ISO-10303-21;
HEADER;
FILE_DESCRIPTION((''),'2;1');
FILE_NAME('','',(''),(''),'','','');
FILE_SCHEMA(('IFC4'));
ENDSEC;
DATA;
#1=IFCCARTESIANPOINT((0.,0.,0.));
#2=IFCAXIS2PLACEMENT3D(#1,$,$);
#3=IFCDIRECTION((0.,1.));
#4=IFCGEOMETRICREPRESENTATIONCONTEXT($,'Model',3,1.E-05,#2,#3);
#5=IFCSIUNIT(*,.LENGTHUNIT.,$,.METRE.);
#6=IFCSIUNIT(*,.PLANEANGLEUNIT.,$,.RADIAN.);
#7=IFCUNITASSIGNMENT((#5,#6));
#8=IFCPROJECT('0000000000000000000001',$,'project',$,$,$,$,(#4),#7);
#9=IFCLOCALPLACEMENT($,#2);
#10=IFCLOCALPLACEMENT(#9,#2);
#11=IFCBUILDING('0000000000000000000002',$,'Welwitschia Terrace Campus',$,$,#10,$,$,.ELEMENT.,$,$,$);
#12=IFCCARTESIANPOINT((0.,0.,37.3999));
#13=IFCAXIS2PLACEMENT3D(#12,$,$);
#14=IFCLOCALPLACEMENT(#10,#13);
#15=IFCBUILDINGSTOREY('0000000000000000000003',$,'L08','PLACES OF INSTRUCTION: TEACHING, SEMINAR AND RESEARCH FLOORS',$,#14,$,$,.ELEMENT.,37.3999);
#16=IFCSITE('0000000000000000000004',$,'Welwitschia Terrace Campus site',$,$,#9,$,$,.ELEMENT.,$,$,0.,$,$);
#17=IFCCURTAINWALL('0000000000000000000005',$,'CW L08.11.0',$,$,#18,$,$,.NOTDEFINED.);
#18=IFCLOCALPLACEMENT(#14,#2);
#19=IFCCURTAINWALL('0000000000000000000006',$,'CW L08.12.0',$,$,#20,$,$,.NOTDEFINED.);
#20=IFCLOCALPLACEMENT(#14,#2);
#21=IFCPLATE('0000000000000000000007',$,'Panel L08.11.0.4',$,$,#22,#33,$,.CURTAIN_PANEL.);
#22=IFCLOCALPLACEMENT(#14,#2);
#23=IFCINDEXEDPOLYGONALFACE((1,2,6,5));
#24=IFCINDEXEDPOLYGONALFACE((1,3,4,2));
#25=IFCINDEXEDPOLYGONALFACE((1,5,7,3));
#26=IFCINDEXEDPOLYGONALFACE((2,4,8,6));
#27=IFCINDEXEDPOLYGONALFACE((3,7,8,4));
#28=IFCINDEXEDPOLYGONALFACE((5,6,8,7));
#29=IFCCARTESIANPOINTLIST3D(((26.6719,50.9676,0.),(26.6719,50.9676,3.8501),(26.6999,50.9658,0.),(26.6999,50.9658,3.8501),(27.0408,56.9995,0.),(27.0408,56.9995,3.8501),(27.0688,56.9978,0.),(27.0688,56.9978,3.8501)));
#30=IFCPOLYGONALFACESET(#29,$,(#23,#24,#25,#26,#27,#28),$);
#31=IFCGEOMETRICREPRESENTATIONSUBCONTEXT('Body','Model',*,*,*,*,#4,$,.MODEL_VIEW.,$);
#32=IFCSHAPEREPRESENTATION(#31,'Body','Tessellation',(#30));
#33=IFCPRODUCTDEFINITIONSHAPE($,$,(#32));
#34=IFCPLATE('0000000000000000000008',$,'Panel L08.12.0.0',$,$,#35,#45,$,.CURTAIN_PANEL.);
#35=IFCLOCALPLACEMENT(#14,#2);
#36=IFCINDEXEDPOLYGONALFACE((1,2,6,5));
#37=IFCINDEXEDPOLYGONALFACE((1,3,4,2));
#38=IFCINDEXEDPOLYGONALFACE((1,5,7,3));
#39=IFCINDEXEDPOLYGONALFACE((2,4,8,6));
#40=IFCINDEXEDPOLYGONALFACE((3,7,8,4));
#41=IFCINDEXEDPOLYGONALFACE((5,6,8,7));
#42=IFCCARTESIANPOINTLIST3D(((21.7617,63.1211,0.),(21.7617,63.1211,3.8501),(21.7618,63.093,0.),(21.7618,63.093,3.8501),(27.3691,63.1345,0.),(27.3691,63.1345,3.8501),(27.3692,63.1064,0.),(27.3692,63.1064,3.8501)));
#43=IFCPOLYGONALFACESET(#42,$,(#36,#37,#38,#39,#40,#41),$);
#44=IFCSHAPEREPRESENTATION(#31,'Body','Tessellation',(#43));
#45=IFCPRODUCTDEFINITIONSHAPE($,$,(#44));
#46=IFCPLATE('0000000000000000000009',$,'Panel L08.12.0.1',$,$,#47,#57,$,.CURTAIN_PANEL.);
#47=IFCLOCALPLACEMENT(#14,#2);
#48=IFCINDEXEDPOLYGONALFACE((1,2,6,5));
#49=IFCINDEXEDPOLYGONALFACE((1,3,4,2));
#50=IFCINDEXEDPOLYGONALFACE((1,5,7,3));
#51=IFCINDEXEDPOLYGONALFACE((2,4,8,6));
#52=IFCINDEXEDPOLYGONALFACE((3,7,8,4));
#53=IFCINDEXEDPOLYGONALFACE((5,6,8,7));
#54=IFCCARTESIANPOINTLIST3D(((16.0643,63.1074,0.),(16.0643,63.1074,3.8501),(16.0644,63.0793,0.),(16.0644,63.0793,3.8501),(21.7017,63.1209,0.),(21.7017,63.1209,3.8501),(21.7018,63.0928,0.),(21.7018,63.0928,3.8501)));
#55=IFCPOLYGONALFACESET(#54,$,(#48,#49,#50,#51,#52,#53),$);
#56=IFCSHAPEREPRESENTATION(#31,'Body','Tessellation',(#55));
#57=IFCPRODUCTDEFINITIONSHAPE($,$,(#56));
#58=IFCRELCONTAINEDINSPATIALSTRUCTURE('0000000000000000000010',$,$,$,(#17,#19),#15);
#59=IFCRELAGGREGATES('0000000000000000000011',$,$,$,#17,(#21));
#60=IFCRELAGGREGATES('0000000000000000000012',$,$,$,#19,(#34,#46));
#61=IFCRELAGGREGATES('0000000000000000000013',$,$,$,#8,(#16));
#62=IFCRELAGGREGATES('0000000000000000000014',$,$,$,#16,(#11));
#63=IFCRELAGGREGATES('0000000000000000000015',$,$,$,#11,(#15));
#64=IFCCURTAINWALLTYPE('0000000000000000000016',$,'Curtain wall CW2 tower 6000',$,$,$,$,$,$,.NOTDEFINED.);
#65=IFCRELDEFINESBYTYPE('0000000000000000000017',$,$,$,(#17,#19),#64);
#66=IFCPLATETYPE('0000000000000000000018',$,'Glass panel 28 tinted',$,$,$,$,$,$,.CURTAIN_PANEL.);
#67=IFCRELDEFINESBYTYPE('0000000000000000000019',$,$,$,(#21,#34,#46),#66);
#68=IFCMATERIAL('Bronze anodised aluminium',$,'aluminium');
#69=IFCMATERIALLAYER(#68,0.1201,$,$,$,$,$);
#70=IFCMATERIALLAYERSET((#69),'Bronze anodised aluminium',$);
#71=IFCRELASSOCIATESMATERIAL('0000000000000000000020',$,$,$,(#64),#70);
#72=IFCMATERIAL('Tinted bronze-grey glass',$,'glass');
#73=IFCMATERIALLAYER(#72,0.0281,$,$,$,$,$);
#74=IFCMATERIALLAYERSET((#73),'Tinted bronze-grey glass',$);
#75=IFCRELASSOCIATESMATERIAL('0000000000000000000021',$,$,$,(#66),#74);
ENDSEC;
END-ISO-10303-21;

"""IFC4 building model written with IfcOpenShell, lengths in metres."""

from ifc_helpers import new_model, si_unit, direction, frame, origin, origin_2d, place, context, subcontext, project, spatial, rectangle, extrude, material, layer, layer_set, type_object, element, aggregate, save


model = new_model("IFC4")

# Units and contexts
model_context = context("Model", 3, precision=1e-05, world=origin(), true_north=direction((0.0, 1.0)))
body_context = subcontext(model_context, "Body", "Model", "MODEL_VIEW")
ifc_project = project(units=[si_unit("LENGTHUNIT", "METRE"), si_unit("PLANEANGLEUNIT", "RADIAN")], contexts=[model_context])

# Site, building, storey
site_placement = place(None, origin())
site = spatial("IfcSite", under=ifc_project, at=site_placement, Name="Welwitschia Terrace Campus site", CompositionType="ELEMENT", RefElevation=0.0)
building_placement = place(site_placement, origin())
building = spatial("IfcBuilding", under=site, at=building_placement, Name="Welwitschia Terrace Campus", CompositionType="ELEMENT")
storey_placement = place(building_placement, frame((0.0, 0.0, 37.3999)))
storey = spatial("IfcBuildingStorey", under=building, at=storey_placement, Name="L08", Description="PLACES OF INSTRUCTION: TEACHING, SEMINAR AND RESEARCH FLOORS", CompositionType="ELEMENT", Elevation=37.3999)

# Curtain wall
ifc_material_1 = material(Name="Bronze anodised aluminium", Category="aluminium")
ifc_layer_1 = layer(ifc_material_1, 0.1201)
ifc_layer_set_1 = layer_set([ifc_layer_1], Name="Bronze anodised aluminium")
curtain_wall_type = type_object("IfcCurtainWallType", Name="Curtain wall CW2 tower 6000", PredefinedType="NOTDEFINED", material=ifc_layer_set_1)
curtain_wall_1_placement = place(storey_placement, origin())
curtain_wall_1 = element("IfcCurtainWall", 1, at=curtain_wall_1_placement, inside=storey, type_object=curtain_wall_type, Name="CW L08.11.0", PredefinedType="NOTDEFINED")

# Curtain wall
curtain_wall_2_placement = place(storey_placement, origin())
curtain_wall_2 = element("IfcCurtainWall", 2, at=curtain_wall_2_placement, inside=storey, type_object=curtain_wall_type, Name="CW L08.12.0", PredefinedType="NOTDEFINED")

# Plates
ifc_material_2 = material(Name="Tinted bronze-grey glass", Category="glass")
ifc_layer_2 = layer(ifc_material_2, 0.0281)
ifc_layer_set_2 = layer_set([ifc_layer_2], Name="Tinted bronze-grey glass")
plate_type = type_object("IfcPlateType", Name="Glass panel 28 tinted", PredefinedType="CURTAIN_PANEL", material=ifc_layer_set_2)
plate_1_placement = place(storey_placement, frame((26.8704, 53.9827, 0.0), z_axis=(0.0, 0.0, 1.0), x_axis=(0.061049, 0.998135, 0.0)))
plate_1 = element("IfcPlate", 3, at=plate_1_placement, type_object=plate_type, Name="Panel L08.11.0.4", PredefinedType="CURTAIN_PANEL", context=body_context, shape_type="SweptSolid", body=[
    extrude(rectangle(XDim=6.0432, YDim=0.0281, at=origin_2d()), origin(), (0.0, 0.0, 1.0), 3.8501),
])
aggregate(curtain_wall_1, [plate_1])
plate_2_placement = place(storey_placement, frame((24.5654, 63.1138, 0.0), z_axis=(0.0, 0.0, 1.0), x_axis=(-0.999997, -0.002393, 0.0)))
plate_2 = element("IfcPlate", 4, at=plate_2_placement, type_object=plate_type, Name="Panel L08.12.0.0", PredefinedType="CURTAIN_PANEL", context=body_context, shape_type="SweptSolid", body=[
    extrude(rectangle(XDim=5.6074, YDim=0.0281, at=origin_2d()), origin(), (0.0, 0.0, 1.0), 3.8501),
])
plate_3_placement = place(storey_placement, frame((18.8831, 63.1001, 0.0), z_axis=(0.0, 0.0, 1.0), x_axis=(-0.999997, -0.002393, 0.0)))
plate_3 = element("IfcPlate", 5, at=plate_3_placement, type_object=plate_type, Name="Panel L08.12.0.1", PredefinedType="CURTAIN_PANEL", context=body_context, shape_type="SweptSolid", body=[
    extrude(rectangle(XDim=5.6375, YDim=0.0281, at=origin_2d()), origin(), (0.0, 0.0, 1.0), 3.8501),
])
aggregate(curtain_wall_2, [plate_2, plate_3])

save(model, "model.ifc")
